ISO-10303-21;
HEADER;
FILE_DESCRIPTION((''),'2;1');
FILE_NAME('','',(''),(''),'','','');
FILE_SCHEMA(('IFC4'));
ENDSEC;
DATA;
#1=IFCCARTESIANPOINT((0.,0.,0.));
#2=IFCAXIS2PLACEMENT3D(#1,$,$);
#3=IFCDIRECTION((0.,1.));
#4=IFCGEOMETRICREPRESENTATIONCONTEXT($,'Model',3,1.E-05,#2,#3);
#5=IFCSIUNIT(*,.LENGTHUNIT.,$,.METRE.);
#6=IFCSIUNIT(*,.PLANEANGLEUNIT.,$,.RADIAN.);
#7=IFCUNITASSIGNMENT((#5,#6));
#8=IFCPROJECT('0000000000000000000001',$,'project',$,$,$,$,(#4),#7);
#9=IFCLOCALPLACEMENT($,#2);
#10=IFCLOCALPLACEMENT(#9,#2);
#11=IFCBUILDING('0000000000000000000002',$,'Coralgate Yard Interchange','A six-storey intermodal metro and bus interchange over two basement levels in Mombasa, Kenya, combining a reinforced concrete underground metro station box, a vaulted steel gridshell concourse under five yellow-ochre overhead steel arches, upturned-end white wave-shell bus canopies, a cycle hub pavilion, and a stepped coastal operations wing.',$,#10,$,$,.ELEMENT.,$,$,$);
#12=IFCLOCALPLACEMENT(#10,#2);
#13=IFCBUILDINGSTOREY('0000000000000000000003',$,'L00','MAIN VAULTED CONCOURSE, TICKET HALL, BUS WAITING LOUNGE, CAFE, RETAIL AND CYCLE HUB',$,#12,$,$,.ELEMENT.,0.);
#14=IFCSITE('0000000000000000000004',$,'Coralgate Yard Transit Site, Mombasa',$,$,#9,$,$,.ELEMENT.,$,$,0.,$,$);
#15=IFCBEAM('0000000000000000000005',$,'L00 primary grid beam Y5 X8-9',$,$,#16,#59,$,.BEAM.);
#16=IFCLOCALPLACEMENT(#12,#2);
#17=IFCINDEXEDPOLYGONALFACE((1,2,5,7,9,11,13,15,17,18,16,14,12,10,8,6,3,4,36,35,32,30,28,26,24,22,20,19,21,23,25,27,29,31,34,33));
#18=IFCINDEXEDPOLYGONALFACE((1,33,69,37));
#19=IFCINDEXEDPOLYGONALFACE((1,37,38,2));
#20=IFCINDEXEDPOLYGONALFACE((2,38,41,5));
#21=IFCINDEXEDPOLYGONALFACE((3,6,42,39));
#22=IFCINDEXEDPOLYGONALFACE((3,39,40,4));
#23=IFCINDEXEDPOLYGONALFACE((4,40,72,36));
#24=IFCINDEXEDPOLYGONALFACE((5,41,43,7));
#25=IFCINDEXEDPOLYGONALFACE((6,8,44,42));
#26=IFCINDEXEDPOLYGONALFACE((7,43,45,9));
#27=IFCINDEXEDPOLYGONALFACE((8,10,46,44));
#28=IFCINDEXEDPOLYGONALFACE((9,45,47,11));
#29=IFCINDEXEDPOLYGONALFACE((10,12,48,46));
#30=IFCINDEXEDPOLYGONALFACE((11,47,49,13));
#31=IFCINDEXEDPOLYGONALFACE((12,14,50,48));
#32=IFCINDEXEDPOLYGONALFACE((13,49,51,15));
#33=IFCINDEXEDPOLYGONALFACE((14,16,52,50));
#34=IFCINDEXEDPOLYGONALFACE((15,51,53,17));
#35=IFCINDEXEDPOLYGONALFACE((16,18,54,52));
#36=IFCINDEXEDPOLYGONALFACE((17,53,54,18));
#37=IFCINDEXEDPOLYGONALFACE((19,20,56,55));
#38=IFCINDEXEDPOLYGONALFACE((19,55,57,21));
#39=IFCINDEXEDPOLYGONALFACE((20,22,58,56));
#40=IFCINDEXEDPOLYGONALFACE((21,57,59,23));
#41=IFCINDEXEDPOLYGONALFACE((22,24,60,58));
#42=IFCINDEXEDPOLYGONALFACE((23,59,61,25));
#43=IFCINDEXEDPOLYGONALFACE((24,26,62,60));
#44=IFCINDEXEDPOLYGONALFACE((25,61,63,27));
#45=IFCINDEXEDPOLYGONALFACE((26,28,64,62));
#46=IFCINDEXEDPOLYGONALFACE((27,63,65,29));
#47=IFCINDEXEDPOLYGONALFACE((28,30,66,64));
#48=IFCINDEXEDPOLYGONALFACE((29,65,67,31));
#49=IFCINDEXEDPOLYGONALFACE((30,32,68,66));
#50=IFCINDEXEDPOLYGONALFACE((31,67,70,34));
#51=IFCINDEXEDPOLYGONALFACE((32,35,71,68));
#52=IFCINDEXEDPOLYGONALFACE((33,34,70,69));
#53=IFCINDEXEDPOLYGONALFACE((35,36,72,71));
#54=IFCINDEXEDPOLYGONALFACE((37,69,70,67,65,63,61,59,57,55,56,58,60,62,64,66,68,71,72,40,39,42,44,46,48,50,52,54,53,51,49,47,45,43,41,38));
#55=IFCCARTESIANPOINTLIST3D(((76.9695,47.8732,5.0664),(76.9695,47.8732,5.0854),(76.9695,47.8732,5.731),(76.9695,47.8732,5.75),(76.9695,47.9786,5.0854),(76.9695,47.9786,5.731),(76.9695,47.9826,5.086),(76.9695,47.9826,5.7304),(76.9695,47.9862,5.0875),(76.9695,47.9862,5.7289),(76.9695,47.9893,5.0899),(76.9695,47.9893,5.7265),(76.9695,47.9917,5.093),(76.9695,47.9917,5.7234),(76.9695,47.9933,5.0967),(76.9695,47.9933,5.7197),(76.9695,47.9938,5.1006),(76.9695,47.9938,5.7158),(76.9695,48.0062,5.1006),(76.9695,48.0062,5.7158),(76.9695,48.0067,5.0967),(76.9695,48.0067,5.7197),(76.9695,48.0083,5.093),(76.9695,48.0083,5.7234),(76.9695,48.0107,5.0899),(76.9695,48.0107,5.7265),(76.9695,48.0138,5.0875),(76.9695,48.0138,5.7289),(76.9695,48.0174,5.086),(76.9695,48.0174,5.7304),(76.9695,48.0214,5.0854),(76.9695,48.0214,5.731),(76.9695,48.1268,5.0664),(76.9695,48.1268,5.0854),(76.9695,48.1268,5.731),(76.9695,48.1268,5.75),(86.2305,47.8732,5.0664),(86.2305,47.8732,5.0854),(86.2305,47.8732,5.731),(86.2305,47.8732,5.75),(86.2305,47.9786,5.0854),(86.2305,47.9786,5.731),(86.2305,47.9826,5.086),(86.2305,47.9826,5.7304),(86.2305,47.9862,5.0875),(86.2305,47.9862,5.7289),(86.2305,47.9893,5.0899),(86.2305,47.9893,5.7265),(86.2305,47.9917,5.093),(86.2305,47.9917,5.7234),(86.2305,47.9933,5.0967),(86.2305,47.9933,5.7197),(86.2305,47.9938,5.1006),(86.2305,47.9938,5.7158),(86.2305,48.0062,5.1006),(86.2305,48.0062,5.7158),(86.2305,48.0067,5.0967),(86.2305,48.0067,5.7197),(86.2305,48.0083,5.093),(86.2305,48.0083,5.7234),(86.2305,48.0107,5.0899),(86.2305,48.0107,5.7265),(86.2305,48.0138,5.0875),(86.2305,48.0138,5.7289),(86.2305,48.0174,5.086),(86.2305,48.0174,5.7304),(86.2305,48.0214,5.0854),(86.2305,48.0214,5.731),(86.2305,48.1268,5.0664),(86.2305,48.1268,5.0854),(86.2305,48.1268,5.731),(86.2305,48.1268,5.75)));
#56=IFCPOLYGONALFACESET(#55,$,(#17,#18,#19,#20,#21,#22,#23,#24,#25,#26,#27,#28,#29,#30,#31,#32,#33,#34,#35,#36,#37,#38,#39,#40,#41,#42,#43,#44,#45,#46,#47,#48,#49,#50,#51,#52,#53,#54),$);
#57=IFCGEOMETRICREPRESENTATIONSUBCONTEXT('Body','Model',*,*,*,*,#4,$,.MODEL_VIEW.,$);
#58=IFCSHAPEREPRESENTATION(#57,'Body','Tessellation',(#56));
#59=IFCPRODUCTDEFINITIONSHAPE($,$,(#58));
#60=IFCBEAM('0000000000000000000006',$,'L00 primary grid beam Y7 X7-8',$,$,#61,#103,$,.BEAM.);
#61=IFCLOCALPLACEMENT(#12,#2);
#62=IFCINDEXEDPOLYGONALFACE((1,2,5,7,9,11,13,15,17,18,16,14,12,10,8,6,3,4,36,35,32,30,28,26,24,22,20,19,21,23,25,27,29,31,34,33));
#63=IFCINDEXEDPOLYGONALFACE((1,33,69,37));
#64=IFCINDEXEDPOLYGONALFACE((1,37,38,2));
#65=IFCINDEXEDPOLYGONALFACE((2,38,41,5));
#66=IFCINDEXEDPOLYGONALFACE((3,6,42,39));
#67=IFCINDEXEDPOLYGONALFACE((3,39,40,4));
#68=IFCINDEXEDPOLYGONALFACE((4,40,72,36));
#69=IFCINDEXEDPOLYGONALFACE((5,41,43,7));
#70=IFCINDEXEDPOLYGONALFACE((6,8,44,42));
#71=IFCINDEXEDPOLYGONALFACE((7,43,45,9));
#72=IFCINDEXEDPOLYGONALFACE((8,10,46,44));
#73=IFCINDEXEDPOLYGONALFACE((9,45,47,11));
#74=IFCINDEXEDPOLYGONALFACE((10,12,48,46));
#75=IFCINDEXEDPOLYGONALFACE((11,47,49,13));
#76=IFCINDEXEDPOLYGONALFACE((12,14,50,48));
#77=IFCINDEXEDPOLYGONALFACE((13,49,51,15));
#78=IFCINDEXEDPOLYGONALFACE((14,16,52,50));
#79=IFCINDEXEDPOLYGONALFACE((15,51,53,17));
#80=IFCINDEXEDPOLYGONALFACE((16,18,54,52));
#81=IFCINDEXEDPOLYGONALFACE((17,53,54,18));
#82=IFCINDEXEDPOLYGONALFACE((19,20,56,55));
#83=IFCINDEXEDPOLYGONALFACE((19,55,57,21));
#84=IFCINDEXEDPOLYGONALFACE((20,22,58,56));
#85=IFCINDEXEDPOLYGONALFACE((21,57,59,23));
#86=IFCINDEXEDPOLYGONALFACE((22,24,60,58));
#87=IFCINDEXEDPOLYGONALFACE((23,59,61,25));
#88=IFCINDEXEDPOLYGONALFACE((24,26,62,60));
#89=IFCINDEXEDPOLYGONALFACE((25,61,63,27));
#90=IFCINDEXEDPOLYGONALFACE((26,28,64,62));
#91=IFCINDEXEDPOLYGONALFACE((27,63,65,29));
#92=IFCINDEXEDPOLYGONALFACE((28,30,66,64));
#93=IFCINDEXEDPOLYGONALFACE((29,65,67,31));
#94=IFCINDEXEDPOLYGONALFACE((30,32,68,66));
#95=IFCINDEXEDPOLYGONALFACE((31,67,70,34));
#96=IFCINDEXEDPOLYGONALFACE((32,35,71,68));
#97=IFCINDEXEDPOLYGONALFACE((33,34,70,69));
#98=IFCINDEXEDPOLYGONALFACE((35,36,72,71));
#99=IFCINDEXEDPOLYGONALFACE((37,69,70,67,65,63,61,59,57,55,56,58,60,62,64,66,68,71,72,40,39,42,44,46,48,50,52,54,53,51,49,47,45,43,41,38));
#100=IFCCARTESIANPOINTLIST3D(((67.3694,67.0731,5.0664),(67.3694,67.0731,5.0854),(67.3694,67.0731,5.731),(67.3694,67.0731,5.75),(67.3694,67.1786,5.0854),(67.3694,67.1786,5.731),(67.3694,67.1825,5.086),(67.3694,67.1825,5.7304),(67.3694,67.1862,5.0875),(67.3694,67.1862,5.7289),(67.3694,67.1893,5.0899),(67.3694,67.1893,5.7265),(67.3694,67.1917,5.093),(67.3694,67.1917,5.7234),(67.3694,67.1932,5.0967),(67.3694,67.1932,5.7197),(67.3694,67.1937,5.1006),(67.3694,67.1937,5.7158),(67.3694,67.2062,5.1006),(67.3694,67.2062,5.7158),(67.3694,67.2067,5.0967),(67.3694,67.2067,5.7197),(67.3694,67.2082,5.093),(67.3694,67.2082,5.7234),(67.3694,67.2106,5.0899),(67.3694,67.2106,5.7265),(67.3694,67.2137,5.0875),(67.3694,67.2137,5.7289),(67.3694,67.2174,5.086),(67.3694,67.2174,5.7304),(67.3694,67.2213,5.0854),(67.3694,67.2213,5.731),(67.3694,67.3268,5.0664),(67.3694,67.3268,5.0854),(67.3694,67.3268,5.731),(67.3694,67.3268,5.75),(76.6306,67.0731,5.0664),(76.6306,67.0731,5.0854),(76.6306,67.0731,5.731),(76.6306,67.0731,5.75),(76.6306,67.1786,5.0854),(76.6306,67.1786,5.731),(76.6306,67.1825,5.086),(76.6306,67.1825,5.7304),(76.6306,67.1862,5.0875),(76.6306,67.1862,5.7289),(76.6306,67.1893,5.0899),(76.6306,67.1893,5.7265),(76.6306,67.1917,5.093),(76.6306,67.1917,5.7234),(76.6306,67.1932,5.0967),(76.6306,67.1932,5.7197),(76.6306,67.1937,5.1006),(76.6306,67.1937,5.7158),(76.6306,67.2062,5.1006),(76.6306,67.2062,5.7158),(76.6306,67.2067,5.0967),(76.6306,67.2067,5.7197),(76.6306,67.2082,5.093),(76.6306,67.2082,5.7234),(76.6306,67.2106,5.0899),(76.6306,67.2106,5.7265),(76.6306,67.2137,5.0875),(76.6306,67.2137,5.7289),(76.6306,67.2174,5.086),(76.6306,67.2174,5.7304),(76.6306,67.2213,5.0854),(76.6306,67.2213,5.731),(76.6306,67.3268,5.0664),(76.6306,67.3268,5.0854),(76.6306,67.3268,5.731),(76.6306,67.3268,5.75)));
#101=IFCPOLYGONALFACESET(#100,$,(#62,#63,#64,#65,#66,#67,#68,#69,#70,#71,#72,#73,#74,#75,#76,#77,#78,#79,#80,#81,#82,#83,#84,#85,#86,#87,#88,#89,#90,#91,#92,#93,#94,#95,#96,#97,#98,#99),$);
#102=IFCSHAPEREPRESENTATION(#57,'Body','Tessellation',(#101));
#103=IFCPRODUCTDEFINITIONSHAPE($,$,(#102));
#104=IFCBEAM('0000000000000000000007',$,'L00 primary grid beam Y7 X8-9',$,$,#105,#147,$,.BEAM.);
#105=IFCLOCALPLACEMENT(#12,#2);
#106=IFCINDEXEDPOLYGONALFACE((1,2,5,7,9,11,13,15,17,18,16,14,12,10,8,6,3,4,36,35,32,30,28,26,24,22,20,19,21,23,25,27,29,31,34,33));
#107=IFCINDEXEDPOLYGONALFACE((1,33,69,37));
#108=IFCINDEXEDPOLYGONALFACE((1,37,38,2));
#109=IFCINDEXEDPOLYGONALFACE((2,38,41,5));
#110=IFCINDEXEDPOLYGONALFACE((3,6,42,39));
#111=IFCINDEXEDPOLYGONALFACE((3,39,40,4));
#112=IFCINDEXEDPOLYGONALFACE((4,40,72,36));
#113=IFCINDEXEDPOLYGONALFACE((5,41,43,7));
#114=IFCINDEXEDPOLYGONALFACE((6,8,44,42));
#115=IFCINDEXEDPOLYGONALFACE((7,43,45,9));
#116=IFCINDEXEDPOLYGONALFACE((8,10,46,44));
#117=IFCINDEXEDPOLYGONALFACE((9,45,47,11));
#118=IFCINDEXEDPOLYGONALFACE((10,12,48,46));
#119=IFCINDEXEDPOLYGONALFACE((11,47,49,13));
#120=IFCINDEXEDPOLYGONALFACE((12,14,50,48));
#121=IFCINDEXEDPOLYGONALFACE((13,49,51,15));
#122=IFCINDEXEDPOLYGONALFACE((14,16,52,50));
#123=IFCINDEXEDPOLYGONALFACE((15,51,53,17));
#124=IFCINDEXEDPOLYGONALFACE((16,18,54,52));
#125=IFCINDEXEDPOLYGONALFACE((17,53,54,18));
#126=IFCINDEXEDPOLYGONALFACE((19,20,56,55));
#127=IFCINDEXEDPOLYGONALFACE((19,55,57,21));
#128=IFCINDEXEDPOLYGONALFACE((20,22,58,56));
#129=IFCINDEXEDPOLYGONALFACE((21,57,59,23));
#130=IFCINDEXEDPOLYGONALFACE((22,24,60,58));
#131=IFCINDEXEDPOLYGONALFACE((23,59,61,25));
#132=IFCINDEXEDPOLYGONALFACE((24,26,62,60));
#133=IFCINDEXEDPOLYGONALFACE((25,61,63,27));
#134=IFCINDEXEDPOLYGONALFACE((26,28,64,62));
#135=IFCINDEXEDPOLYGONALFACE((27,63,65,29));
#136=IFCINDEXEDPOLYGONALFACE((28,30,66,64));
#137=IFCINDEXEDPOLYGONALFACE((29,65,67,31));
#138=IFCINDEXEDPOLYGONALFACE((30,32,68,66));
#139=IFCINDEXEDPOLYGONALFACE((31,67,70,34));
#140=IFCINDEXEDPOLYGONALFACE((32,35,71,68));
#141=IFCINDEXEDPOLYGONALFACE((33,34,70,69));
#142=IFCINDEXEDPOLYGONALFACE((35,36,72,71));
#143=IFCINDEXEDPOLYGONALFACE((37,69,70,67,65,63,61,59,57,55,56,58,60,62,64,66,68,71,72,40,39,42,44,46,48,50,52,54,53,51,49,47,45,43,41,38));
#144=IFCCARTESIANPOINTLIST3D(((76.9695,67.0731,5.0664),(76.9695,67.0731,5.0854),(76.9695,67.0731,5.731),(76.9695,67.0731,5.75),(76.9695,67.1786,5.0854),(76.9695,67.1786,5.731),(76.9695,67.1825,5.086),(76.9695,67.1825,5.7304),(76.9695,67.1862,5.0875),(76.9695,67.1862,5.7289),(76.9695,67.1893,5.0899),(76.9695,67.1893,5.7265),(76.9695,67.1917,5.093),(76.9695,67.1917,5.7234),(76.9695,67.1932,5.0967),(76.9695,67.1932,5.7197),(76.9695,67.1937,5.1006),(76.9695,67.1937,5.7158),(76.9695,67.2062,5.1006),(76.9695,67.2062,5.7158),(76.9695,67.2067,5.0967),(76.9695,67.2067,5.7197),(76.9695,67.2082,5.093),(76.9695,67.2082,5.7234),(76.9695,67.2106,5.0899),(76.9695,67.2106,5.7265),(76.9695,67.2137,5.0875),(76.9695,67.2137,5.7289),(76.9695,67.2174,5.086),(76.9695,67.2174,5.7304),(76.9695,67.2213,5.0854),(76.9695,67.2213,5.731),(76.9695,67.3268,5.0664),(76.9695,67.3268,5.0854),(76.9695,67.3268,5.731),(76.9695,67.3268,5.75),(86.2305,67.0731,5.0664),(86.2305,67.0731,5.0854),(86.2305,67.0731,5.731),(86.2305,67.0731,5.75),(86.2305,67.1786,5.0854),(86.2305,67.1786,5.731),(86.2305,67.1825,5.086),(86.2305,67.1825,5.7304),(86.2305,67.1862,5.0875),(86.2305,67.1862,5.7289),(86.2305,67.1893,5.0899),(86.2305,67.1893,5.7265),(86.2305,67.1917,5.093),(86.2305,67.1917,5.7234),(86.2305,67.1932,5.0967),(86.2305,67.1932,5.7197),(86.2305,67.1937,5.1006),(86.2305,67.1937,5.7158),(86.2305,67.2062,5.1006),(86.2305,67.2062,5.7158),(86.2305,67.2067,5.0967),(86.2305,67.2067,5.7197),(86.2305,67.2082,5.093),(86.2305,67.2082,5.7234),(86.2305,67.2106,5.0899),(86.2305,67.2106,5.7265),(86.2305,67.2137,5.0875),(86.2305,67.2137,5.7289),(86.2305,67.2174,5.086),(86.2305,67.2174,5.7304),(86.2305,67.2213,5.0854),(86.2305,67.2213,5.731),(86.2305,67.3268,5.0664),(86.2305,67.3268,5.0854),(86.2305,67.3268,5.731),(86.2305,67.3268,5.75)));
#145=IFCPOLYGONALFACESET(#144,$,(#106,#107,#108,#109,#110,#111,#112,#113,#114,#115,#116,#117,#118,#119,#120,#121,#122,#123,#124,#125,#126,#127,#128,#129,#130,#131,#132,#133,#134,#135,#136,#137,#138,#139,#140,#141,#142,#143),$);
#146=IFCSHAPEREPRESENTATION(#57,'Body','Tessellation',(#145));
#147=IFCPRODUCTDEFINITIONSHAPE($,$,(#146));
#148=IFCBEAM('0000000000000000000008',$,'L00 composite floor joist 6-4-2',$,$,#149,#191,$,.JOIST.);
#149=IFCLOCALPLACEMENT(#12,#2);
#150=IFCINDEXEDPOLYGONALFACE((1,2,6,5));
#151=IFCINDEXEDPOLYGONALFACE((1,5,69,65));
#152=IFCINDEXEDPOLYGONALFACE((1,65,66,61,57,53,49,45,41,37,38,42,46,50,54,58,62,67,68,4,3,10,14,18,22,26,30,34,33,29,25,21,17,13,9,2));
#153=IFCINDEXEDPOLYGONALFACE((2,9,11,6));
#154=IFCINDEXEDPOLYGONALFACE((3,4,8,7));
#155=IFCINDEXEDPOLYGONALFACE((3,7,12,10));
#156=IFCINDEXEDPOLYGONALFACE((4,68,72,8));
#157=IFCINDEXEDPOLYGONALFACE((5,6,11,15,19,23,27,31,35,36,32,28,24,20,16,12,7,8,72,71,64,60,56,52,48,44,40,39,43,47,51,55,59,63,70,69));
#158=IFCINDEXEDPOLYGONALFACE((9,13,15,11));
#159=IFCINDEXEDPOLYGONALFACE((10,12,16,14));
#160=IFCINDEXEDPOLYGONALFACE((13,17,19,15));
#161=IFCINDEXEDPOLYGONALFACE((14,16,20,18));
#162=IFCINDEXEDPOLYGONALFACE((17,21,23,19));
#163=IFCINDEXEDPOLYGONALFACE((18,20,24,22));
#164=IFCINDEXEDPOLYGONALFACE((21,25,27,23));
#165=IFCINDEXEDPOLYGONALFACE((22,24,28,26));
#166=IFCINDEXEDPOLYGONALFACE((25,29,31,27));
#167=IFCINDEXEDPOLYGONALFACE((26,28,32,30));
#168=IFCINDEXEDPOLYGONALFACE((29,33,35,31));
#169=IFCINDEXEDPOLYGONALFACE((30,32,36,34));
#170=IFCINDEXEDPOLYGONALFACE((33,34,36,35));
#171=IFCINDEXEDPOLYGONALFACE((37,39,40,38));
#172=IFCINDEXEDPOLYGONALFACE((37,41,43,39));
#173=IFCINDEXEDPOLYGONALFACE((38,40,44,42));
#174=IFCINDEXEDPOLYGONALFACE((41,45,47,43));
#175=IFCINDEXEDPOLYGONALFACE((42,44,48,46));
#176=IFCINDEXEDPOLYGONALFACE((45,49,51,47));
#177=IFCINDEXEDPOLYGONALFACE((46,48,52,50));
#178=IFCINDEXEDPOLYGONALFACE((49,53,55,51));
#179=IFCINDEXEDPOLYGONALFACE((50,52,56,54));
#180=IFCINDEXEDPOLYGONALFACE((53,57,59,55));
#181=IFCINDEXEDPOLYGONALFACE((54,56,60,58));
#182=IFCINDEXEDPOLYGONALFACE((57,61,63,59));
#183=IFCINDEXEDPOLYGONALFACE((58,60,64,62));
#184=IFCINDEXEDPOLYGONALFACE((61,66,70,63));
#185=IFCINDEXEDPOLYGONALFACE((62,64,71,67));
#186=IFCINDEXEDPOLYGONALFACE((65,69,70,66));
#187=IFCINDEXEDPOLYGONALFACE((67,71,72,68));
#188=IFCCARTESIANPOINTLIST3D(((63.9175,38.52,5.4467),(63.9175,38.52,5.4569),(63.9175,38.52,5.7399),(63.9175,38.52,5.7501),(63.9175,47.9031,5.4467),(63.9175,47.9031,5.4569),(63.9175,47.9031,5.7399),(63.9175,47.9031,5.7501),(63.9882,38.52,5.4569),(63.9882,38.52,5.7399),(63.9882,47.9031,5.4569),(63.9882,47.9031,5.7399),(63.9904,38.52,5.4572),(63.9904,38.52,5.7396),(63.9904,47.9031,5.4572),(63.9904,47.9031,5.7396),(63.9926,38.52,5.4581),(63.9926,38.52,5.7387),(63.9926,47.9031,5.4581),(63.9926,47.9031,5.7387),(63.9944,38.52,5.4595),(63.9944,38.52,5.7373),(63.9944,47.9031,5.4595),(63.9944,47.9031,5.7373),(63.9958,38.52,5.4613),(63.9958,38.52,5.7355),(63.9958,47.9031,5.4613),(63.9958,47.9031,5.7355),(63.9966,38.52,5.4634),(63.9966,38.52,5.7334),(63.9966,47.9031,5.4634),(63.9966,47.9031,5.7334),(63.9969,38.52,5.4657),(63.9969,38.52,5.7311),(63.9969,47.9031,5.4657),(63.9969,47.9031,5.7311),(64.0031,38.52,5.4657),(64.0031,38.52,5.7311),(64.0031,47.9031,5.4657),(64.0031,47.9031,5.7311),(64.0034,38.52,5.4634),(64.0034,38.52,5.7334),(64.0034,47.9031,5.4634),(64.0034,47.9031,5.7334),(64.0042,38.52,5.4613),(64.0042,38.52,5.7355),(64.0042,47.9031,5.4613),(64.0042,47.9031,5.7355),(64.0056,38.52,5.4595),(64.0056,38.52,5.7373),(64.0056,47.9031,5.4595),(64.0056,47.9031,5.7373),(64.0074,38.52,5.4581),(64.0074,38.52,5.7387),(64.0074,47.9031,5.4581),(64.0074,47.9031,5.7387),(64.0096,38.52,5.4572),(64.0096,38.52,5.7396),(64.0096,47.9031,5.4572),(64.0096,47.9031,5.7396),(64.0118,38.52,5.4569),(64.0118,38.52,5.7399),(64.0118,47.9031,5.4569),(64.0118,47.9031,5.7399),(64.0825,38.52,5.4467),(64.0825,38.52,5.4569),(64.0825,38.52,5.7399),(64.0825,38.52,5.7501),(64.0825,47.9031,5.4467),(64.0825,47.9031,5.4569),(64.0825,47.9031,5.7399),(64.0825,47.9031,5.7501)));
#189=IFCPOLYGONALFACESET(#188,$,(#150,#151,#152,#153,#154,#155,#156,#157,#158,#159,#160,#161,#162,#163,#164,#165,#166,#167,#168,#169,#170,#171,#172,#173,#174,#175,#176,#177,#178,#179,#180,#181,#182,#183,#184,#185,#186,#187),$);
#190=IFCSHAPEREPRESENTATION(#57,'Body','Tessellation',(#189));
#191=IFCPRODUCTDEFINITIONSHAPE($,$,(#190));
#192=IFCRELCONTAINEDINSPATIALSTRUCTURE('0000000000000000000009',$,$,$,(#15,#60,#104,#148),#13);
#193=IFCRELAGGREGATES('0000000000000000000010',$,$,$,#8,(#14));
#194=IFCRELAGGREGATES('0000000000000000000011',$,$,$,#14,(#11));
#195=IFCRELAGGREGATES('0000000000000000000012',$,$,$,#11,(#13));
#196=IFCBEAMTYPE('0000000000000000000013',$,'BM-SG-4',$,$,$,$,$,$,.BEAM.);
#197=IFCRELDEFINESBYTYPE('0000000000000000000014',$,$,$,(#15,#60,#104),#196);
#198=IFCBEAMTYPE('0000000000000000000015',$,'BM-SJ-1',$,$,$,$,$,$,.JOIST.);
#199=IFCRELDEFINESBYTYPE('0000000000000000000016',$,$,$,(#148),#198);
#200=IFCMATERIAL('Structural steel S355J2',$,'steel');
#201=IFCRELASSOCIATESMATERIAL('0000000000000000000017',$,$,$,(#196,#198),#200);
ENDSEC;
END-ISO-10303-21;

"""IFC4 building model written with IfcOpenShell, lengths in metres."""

from ifc_helpers import new_model, si_unit, direction, frame, origin, origin_2d, place, context, subcontext, project, spatial, i_section, extrude, material, material_profile, profile_set, type_object, element, save


model = new_model("IFC4")

# Units and contexts
model_context = context("Model", 3, precision=1e-05, world=origin(), true_north=direction((0.0, 1.0)))
body_context = subcontext(model_context, "Body", "Model", "MODEL_VIEW")
ifc_project = project(units=[si_unit("LENGTHUNIT", "METRE"), si_unit("PLANEANGLEUNIT", "RADIAN")], contexts=[model_context])

# Site, building, storey
site_placement = place(None, origin())
site = spatial("IfcSite", under=ifc_project, at=site_placement, Name="Coralgate Yard Transit Site, Mombasa", CompositionType="ELEMENT", RefElevation=0.0)
building_placement = place(site_placement, origin())
building = spatial("IfcBuilding", under=site, at=building_placement, Name="Coralgate Yard Interchange", Description="A six-storey intermodal metro and bus interchange over two basement levels in Mombasa, Kenya, combining a reinforced concrete underground metro station box, a vaulted steel gridshell concourse under five yellow-ochre overhead steel arches, upturned-end white wave-shell bus canopies, a cycle hub pavilion, and a stepped coastal operations wing.", CompositionType="ELEMENT")
storey_placement = place(building_placement, origin())
storey = spatial("IfcBuildingStorey", under=building, at=storey_placement, Name="L00", Description="MAIN VAULTED CONCOURSE, TICKET HALL, BUS WAITING LOUNGE, CAFE, RETAIL AND CYCLE HUB", CompositionType="ELEMENT", Elevation=0.0)

# Shared definitions
ifc_material_1 = material(Name="Structural steel S355J2", Category="steel")

# Beams
ifc_material_profile_1 = material_profile(ifc_material_1, i_section(OverallWidth=0.2537, OverallDepth=0.6836, WebThickness=0.0125, FlangeThickness=0.019, FilletRadius=0.0151, at=origin_2d()), Name="UB 686x254x140")
ifc_profile_set_1 = profile_set([ifc_material_profile_1], Name="Structural steel S355J2")
beam_type_1 = type_object("IfcBeamType", Name="BM-SG-4", PredefinedType="BEAM", material=ifc_profile_set_1)
beam_1_placement = place(storey_placement, frame((76.9695, 48.0, 5.4082), z_axis=(1.0, 0.0, 0.0), x_axis=(0.0, 1.0, 0.0)))
element("IfcBeam", 1, at=beam_1_placement, inside=storey, type_object=beam_type_1, Name="L00 primary grid beam Y5 X8-9", PredefinedType="BEAM", context=body_context, shape_type="SweptSolid", body=[
    extrude(i_section(OverallWidth=0.2537, OverallDepth=0.6836, WebThickness=0.0125, FlangeThickness=0.019, FilletRadius=0.0151, at=origin_2d()), origin(), (0.0, 0.0, 1.0), 9.261),
])
beam_2_placement = place(storey_placement, frame((67.3694, 67.2, 5.4082), z_axis=(1.0, 0.0, 0.0), x_axis=(0.0, 1.0, 0.0)))
element("IfcBeam", 2, at=beam_2_placement, inside=storey, type_object=beam_type_1, Name="L00 primary grid beam Y7 X7-8", PredefinedType="BEAM", context=body_context, shape_type="SweptSolid", body=[
    extrude(i_section(OverallWidth=0.2537, OverallDepth=0.6836, WebThickness=0.0125, FlangeThickness=0.019, FilletRadius=0.0151, at=origin_2d()), origin(), (0.0, 0.0, 1.0), 9.2612),
])
beam_3_placement = place(storey_placement, frame((76.9695, 67.2, 5.4082), z_axis=(1.0, 0.0, 0.0), x_axis=(0.0, 1.0, 0.0)))
element("IfcBeam", 3, at=beam_3_placement, inside=storey, type_object=beam_type_1, Name="L00 primary grid beam Y7 X8-9", PredefinedType="BEAM", context=body_context, shape_type="SweptSolid", body=[
    extrude(i_section(OverallWidth=0.2537, OverallDepth=0.6836, WebThickness=0.0125, FlangeThickness=0.019, FilletRadius=0.0151, at=origin_2d()), origin(), (0.0, 0.0, 1.0), 9.261),
])
ifc_material_profile_2 = material_profile(ifc_material_1, i_section(OverallWidth=0.165, OverallDepth=0.3035, WebThickness=0.0061, FlangeThickness=0.0103, FilletRadius=0.0088, at=origin_2d()), Name="UB 305x165x40")
ifc_profile_set_2 = profile_set([ifc_material_profile_2], Name="Structural steel S355J2")
beam_type_2 = type_object("IfcBeamType", Name="BM-SJ-1", PredefinedType="JOIST", material=ifc_profile_set_2)
beam_4_placement = place(storey_placement, frame((64.0, 38.52, 5.5984), z_axis=(0.0, 1.0, 0.0), x_axis=(-1.0, 0.0, 0.0)))
element("IfcBeam", 4, at=beam_4_placement, inside=storey, type_object=beam_type_2, Name="L00 composite floor joist 6-4-2", PredefinedType="JOIST", context=body_context, shape_type="SweptSolid", body=[
    extrude(i_section(OverallWidth=0.165, OverallDepth=0.3035, WebThickness=0.0061, FlangeThickness=0.0103, FilletRadius=0.0088, at=origin_2d()), origin(), (0.0, 0.0, 1.0), 9.3831),
])

save(model, "model.ifc")
